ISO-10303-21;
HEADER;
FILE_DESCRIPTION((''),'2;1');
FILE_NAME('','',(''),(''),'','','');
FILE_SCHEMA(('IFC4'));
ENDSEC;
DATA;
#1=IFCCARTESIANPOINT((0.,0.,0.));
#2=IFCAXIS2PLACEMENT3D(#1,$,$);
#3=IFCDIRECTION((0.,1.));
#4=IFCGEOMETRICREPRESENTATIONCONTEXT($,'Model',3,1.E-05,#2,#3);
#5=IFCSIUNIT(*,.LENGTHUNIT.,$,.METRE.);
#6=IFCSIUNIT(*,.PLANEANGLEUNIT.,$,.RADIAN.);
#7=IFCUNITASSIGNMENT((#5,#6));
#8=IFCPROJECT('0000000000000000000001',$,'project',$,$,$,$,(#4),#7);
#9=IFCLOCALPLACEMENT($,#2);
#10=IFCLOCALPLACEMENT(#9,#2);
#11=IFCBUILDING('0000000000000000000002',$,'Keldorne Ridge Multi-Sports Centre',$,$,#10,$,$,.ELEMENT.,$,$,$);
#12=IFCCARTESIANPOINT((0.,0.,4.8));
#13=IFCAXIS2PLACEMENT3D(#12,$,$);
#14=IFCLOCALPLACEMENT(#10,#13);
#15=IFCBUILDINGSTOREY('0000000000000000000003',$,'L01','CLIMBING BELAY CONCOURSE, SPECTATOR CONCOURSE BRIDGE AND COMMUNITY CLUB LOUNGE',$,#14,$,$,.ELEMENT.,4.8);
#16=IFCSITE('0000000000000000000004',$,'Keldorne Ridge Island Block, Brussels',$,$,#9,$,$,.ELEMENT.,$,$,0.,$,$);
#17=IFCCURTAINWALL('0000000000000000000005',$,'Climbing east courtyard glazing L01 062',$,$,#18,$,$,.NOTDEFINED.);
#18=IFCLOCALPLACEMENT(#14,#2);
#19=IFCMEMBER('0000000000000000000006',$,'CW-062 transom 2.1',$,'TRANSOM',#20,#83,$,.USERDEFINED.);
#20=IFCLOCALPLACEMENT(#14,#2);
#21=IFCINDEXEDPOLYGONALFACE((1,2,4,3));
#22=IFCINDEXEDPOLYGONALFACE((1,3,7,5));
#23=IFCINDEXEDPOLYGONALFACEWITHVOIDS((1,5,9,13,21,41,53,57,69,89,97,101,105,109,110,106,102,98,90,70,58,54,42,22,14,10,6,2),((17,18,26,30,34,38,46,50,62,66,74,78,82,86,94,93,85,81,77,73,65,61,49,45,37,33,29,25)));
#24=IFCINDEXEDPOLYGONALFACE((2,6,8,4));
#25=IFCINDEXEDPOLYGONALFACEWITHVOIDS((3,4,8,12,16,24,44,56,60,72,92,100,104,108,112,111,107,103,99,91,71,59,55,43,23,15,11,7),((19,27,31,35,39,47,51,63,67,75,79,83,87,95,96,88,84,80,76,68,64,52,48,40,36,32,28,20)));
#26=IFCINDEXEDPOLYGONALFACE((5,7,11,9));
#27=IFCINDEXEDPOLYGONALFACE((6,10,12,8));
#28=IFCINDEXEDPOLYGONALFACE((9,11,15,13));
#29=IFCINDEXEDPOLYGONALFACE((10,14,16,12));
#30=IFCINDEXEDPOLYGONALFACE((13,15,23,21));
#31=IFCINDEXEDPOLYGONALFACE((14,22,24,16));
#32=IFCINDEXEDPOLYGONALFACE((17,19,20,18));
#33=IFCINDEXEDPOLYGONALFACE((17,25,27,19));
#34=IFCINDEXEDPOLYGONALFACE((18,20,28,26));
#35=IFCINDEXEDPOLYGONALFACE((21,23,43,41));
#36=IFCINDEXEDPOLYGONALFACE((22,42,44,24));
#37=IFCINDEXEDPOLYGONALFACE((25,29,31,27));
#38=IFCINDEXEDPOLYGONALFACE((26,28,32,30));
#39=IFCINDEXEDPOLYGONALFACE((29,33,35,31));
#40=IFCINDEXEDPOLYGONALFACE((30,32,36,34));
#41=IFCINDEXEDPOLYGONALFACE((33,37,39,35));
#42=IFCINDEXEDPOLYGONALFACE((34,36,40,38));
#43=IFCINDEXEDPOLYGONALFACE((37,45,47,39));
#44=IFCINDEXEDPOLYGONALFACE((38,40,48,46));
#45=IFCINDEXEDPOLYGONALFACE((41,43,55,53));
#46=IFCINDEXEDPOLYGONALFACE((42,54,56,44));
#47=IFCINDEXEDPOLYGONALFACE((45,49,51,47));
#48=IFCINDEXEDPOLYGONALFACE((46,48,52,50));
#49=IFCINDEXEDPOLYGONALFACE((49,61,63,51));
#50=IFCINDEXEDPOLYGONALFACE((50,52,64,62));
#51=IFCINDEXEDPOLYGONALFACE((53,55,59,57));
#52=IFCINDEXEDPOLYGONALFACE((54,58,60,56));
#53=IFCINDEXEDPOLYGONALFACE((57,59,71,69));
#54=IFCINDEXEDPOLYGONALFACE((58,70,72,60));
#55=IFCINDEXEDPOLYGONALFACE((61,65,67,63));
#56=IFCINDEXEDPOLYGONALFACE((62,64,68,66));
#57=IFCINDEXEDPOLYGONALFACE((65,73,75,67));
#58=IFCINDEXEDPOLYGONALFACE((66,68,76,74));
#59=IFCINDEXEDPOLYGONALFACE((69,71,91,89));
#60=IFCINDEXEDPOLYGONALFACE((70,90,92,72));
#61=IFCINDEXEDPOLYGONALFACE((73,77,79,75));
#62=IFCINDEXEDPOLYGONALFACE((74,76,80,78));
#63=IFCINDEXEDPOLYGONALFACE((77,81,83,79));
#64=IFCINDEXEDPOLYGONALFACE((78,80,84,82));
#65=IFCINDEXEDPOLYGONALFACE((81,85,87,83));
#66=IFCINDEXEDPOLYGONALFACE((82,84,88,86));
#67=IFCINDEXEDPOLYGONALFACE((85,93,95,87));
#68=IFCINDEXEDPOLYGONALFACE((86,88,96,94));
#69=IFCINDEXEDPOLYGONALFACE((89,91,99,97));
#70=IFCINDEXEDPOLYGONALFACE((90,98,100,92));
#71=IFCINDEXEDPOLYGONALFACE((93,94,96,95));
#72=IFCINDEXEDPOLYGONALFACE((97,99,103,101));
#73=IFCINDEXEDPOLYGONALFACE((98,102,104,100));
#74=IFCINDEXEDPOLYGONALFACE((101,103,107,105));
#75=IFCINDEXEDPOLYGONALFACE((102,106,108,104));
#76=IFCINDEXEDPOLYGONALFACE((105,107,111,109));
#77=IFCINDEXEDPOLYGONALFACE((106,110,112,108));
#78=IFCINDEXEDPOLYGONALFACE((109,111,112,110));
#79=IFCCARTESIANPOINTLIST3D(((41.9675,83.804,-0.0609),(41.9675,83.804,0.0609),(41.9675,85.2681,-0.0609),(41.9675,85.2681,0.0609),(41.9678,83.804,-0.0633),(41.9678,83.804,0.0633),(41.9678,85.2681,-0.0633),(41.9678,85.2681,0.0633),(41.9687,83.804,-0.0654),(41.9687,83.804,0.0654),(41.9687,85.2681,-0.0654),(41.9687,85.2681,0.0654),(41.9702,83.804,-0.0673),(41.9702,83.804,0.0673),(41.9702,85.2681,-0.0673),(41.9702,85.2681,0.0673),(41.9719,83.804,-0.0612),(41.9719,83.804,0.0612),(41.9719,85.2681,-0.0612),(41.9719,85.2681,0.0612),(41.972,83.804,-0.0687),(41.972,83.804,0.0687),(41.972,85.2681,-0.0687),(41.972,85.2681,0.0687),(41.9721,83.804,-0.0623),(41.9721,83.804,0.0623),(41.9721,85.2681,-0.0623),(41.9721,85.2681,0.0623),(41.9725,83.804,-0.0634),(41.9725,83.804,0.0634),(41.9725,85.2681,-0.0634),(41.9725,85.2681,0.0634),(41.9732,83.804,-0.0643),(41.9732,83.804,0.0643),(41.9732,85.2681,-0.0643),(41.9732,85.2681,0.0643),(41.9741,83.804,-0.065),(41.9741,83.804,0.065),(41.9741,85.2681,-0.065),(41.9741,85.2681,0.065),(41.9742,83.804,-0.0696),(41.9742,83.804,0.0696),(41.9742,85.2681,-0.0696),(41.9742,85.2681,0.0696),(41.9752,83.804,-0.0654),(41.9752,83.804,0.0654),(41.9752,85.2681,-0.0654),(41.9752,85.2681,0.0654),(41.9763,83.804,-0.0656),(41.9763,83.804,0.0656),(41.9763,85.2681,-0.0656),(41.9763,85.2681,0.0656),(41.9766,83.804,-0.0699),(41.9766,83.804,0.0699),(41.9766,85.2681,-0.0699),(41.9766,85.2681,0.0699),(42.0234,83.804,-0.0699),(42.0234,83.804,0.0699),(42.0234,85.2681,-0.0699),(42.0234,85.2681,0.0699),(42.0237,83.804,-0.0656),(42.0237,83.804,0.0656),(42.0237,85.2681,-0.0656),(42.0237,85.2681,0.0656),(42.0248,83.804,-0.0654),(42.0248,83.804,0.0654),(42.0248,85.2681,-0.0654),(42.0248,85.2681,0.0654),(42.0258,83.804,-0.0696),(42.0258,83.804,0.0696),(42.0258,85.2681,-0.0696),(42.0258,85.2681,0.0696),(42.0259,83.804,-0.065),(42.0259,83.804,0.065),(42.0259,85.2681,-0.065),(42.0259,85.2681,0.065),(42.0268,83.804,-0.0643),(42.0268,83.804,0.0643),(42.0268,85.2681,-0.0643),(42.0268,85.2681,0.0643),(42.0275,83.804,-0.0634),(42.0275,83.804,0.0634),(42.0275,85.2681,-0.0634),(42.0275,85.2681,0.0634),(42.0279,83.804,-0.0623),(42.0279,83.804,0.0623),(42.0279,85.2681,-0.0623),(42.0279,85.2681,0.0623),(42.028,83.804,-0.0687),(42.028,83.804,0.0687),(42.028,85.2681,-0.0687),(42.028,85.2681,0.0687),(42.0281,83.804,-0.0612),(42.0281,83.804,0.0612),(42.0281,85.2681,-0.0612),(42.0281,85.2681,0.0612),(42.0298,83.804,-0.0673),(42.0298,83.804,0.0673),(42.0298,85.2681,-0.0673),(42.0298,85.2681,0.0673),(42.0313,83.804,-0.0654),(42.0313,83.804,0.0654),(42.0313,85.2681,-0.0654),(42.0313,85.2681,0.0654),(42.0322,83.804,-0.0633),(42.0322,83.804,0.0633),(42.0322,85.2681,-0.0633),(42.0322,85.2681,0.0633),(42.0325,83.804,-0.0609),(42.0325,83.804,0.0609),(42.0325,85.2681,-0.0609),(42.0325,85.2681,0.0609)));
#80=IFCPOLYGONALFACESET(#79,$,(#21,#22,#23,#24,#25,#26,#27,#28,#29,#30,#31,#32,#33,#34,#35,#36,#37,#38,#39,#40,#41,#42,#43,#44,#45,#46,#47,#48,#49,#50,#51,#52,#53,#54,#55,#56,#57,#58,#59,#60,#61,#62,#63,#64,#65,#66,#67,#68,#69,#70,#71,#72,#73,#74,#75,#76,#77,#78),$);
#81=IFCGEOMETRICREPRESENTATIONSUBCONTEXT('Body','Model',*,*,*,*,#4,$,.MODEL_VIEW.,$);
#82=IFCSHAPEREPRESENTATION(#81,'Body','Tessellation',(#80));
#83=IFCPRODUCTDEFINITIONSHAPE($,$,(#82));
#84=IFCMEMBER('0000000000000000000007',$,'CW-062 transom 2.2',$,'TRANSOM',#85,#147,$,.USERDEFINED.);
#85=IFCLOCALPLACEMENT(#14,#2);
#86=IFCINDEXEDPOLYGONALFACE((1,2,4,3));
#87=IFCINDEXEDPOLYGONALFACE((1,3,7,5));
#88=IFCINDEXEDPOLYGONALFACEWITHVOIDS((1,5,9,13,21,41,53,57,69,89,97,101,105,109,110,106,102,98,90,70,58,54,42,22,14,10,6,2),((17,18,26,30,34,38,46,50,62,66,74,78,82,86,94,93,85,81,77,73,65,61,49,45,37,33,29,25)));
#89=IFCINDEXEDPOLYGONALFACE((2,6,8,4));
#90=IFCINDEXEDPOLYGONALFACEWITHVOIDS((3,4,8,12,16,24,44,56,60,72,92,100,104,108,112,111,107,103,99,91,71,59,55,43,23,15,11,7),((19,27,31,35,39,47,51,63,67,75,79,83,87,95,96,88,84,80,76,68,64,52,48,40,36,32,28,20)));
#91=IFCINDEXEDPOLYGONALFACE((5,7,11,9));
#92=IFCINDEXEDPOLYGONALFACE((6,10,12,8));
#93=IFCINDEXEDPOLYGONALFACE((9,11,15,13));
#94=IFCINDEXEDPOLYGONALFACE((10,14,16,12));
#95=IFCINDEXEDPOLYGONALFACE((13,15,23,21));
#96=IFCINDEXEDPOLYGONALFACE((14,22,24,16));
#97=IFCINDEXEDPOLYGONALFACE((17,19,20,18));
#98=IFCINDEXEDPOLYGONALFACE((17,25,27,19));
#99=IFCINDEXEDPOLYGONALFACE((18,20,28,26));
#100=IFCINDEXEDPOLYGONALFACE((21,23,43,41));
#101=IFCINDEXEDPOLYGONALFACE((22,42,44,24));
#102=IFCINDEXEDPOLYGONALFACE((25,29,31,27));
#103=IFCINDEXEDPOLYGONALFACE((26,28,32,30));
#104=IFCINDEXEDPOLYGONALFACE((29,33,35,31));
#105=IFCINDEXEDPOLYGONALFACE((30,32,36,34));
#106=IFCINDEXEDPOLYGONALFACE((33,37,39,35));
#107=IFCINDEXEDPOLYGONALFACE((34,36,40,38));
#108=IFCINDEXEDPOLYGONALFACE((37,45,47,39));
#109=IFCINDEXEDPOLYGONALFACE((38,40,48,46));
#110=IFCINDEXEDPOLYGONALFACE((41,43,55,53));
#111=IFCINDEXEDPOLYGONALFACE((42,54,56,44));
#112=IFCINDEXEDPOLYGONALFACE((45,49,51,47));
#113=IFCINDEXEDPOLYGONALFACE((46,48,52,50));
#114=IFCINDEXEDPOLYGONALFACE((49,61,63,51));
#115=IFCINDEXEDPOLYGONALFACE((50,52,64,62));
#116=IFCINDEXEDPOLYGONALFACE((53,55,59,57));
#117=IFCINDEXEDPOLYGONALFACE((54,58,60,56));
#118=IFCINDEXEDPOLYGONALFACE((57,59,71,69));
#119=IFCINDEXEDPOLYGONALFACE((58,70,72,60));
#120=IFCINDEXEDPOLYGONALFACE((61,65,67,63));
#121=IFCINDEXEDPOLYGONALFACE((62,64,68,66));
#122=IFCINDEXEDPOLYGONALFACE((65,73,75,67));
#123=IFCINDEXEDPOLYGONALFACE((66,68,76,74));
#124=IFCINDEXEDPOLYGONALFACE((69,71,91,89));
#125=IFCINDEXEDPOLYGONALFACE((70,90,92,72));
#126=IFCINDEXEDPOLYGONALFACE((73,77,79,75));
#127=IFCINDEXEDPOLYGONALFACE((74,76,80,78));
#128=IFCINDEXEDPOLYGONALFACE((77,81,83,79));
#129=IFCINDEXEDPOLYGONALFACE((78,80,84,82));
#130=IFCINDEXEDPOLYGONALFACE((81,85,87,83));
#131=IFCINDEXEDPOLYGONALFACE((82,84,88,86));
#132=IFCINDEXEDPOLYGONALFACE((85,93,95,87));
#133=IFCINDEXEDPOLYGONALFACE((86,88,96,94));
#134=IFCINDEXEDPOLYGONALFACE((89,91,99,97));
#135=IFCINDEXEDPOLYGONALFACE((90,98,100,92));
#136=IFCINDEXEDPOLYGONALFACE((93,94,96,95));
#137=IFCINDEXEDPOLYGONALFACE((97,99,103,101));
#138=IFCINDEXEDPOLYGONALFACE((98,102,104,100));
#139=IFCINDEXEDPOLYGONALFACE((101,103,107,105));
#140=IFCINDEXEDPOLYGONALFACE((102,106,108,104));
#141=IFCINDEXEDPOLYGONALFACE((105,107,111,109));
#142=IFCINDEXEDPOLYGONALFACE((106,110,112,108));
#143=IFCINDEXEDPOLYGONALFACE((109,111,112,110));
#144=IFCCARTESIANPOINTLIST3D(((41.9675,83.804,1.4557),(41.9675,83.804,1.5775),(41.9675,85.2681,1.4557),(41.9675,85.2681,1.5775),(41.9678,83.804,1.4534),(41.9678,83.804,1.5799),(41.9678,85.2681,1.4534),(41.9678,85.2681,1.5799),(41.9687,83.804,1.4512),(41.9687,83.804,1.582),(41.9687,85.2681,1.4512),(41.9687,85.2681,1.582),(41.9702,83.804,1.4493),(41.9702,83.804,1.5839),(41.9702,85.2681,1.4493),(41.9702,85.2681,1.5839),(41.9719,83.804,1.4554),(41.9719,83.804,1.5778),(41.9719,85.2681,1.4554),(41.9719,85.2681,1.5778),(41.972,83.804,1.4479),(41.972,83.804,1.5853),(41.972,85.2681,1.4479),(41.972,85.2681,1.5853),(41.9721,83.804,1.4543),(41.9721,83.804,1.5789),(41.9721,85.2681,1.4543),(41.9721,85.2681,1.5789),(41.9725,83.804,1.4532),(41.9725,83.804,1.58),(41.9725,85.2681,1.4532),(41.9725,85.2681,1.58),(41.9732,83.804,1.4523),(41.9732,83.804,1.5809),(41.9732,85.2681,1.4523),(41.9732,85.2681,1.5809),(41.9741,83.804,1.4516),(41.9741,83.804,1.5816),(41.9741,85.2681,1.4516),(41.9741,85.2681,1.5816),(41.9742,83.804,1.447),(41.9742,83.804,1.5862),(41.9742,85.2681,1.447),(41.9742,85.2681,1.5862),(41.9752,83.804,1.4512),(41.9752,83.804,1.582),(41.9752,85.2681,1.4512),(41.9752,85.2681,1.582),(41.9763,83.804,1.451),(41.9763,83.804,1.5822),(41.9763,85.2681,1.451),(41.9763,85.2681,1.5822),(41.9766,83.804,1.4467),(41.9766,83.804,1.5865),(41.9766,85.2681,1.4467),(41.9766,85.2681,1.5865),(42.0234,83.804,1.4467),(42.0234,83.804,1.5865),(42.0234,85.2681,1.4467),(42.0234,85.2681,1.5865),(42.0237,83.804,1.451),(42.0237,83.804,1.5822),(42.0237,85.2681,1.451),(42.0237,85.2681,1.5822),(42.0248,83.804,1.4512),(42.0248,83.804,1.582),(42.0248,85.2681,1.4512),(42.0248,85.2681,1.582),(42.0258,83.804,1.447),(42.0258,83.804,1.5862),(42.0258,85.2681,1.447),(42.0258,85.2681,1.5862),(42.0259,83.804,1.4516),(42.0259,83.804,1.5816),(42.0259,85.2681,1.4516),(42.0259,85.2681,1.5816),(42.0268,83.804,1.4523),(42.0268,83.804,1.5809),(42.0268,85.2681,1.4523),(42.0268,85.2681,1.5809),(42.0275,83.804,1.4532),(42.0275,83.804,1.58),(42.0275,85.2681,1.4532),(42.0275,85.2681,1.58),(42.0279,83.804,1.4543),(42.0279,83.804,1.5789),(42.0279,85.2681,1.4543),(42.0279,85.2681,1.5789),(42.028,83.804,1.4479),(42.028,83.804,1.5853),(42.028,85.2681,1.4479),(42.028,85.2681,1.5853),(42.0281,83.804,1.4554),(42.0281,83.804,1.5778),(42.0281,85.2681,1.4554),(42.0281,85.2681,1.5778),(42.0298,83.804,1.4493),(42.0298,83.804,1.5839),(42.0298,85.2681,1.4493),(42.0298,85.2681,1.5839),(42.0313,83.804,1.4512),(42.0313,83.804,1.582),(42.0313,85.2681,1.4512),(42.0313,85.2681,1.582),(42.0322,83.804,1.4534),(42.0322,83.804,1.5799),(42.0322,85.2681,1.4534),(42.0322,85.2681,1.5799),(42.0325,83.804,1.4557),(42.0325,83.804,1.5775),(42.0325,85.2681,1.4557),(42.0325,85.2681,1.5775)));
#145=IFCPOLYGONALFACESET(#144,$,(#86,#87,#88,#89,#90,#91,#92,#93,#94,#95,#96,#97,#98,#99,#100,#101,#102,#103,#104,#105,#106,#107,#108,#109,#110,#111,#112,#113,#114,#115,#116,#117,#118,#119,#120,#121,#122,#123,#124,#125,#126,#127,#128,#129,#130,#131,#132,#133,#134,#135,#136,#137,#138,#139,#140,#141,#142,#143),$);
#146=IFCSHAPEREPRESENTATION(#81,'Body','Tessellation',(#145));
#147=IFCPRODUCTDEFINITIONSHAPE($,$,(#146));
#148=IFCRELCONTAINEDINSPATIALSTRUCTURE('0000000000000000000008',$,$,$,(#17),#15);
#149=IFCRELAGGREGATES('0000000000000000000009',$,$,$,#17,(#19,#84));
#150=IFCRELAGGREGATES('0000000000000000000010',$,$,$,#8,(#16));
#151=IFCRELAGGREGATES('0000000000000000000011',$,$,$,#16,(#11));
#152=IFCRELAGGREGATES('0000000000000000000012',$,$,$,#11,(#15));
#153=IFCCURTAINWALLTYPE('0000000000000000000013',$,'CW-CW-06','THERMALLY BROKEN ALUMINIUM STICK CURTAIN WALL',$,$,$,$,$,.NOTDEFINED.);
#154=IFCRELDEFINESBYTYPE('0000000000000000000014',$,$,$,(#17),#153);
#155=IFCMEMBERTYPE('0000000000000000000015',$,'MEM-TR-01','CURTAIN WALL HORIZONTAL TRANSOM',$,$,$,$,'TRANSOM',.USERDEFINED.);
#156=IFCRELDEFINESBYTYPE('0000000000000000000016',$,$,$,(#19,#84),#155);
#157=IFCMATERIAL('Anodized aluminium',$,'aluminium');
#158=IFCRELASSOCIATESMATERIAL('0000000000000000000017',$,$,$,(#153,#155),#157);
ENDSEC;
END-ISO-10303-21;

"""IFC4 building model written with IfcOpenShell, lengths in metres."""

from ifc_helpers import new_model, si_unit, direction, frame, origin, origin_2d, place, context, subcontext, project, spatial, hollow_rectangle, extrude, material, material_profile, profile_set, type_object, element, aggregate, save


model = new_model("IFC4")

# Units and contexts
model_context = context("Model", 3, precision=1e-05, world=origin(), true_north=direction((0.0, 1.0)))
body_context = subcontext(model_context, "Body", "Model", "MODEL_VIEW")
ifc_project = project(units=[si_unit("LENGTHUNIT", "METRE"), si_unit("PLANEANGLEUNIT", "RADIAN")], contexts=[model_context])

# Site, building, storey
site_placement = place(None, origin())
site = spatial("IfcSite", under=ifc_project, at=site_placement, Name="Keldorne Ridge Island Block, Brussels", CompositionType="ELEMENT", RefElevation=0.0)
building_placement = place(site_placement, origin())
building = spatial("IfcBuilding", under=site, at=building_placement, Name="Keldorne Ridge Multi-Sports Centre", CompositionType="ELEMENT")
storey_placement = place(building_placement, frame((0.0, 0.0, 4.8)))
storey = spatial("IfcBuildingStorey", under=building, at=storey_placement, Name="L01", Description="CLIMBING BELAY CONCOURSE, SPECTATOR CONCOURSE BRIDGE AND COMMUNITY CLUB LOUNGE", CompositionType="ELEMENT", Elevation=4.8)

# Curtain wall
ifc_material_1 = material(Name="Anodized aluminium", Category="aluminium")
curtain_wall_type_1 = type_object("IfcCurtainWallType", Name="CW-CW-06", Description="THERMALLY BROKEN ALUMINIUM STICK CURTAIN WALL", PredefinedType="NOTDEFINED", material=ifc_material_1)
curtain_wall_1_placement = place(storey_placement, origin())
curtain_wall_1 = element("IfcCurtainWall", 1, at=curtain_wall_1_placement, inside=storey, type_object=curtain_wall_type_1, Name="Climbing east courtyard glazing L01 062", PredefinedType="NOTDEFINED")

# Members
ifc_material_profile_1 = material_profile(ifc_material_1, hollow_rectangle(XDim=0.0649, YDim=0.1399, WallThickness=0.0044, InnerFilletRadius=0.0044, OuterFilletRadius=0.009, at=origin_2d()), Name="ALU TRANSOM 140x65x4.5")
ifc_profile_set_1 = profile_set([ifc_material_profile_1], Name="Anodized aluminium")
member_type_1 = type_object("IfcMemberType", Name="MEM-TR-01", Description="CURTAIN WALL HORIZONTAL TRANSOM", ElementType="TRANSOM", PredefinedType="USERDEFINED", material=ifc_profile_set_1)
member_1_placement = place(storey_placement, frame((42.0, 83.804, 0.0), z_axis=(0.0, 1.0, 0.0), x_axis=(-1.0, 0.0, 0.0)))
member_1 = element("IfcMember", 2, at=member_1_placement, type_object=member_type_1, Name="CW-062 transom 2.1", ObjectType="TRANSOM", PredefinedType="USERDEFINED", context=body_context, shape_type="SweptSolid", body=[
    extrude(hollow_rectangle(XDim=0.0649, YDim=0.1399, WallThickness=0.0044, InnerFilletRadius=0.0044, OuterFilletRadius=0.009, at=origin_2d()), origin(), (0.0, 0.0, 1.0), 1.4641),
])
member_2_placement = place(storey_placement, frame((42.0, 83.804, 1.5166), z_axis=(0.0, 1.0, 0.0), x_axis=(-1.0, 0.0, 0.0)))
member_2 = element("IfcMember", 3, at=member_2_placement, type_object=member_type_1, Name="CW-062 transom 2.2", ObjectType="TRANSOM", PredefinedType="USERDEFINED", context=body_context, shape_type="SweptSolid", body=[
    extrude(hollow_rectangle(XDim=0.0649, YDim=0.1399, WallThickness=0.0044, InnerFilletRadius=0.0044, OuterFilletRadius=0.009, at=origin_2d()), origin(), (0.0, 0.0, 1.0), 1.4641),
])

aggregate(curtain_wall_1, [member_1, member_2])

save(model, "model.ifc")
